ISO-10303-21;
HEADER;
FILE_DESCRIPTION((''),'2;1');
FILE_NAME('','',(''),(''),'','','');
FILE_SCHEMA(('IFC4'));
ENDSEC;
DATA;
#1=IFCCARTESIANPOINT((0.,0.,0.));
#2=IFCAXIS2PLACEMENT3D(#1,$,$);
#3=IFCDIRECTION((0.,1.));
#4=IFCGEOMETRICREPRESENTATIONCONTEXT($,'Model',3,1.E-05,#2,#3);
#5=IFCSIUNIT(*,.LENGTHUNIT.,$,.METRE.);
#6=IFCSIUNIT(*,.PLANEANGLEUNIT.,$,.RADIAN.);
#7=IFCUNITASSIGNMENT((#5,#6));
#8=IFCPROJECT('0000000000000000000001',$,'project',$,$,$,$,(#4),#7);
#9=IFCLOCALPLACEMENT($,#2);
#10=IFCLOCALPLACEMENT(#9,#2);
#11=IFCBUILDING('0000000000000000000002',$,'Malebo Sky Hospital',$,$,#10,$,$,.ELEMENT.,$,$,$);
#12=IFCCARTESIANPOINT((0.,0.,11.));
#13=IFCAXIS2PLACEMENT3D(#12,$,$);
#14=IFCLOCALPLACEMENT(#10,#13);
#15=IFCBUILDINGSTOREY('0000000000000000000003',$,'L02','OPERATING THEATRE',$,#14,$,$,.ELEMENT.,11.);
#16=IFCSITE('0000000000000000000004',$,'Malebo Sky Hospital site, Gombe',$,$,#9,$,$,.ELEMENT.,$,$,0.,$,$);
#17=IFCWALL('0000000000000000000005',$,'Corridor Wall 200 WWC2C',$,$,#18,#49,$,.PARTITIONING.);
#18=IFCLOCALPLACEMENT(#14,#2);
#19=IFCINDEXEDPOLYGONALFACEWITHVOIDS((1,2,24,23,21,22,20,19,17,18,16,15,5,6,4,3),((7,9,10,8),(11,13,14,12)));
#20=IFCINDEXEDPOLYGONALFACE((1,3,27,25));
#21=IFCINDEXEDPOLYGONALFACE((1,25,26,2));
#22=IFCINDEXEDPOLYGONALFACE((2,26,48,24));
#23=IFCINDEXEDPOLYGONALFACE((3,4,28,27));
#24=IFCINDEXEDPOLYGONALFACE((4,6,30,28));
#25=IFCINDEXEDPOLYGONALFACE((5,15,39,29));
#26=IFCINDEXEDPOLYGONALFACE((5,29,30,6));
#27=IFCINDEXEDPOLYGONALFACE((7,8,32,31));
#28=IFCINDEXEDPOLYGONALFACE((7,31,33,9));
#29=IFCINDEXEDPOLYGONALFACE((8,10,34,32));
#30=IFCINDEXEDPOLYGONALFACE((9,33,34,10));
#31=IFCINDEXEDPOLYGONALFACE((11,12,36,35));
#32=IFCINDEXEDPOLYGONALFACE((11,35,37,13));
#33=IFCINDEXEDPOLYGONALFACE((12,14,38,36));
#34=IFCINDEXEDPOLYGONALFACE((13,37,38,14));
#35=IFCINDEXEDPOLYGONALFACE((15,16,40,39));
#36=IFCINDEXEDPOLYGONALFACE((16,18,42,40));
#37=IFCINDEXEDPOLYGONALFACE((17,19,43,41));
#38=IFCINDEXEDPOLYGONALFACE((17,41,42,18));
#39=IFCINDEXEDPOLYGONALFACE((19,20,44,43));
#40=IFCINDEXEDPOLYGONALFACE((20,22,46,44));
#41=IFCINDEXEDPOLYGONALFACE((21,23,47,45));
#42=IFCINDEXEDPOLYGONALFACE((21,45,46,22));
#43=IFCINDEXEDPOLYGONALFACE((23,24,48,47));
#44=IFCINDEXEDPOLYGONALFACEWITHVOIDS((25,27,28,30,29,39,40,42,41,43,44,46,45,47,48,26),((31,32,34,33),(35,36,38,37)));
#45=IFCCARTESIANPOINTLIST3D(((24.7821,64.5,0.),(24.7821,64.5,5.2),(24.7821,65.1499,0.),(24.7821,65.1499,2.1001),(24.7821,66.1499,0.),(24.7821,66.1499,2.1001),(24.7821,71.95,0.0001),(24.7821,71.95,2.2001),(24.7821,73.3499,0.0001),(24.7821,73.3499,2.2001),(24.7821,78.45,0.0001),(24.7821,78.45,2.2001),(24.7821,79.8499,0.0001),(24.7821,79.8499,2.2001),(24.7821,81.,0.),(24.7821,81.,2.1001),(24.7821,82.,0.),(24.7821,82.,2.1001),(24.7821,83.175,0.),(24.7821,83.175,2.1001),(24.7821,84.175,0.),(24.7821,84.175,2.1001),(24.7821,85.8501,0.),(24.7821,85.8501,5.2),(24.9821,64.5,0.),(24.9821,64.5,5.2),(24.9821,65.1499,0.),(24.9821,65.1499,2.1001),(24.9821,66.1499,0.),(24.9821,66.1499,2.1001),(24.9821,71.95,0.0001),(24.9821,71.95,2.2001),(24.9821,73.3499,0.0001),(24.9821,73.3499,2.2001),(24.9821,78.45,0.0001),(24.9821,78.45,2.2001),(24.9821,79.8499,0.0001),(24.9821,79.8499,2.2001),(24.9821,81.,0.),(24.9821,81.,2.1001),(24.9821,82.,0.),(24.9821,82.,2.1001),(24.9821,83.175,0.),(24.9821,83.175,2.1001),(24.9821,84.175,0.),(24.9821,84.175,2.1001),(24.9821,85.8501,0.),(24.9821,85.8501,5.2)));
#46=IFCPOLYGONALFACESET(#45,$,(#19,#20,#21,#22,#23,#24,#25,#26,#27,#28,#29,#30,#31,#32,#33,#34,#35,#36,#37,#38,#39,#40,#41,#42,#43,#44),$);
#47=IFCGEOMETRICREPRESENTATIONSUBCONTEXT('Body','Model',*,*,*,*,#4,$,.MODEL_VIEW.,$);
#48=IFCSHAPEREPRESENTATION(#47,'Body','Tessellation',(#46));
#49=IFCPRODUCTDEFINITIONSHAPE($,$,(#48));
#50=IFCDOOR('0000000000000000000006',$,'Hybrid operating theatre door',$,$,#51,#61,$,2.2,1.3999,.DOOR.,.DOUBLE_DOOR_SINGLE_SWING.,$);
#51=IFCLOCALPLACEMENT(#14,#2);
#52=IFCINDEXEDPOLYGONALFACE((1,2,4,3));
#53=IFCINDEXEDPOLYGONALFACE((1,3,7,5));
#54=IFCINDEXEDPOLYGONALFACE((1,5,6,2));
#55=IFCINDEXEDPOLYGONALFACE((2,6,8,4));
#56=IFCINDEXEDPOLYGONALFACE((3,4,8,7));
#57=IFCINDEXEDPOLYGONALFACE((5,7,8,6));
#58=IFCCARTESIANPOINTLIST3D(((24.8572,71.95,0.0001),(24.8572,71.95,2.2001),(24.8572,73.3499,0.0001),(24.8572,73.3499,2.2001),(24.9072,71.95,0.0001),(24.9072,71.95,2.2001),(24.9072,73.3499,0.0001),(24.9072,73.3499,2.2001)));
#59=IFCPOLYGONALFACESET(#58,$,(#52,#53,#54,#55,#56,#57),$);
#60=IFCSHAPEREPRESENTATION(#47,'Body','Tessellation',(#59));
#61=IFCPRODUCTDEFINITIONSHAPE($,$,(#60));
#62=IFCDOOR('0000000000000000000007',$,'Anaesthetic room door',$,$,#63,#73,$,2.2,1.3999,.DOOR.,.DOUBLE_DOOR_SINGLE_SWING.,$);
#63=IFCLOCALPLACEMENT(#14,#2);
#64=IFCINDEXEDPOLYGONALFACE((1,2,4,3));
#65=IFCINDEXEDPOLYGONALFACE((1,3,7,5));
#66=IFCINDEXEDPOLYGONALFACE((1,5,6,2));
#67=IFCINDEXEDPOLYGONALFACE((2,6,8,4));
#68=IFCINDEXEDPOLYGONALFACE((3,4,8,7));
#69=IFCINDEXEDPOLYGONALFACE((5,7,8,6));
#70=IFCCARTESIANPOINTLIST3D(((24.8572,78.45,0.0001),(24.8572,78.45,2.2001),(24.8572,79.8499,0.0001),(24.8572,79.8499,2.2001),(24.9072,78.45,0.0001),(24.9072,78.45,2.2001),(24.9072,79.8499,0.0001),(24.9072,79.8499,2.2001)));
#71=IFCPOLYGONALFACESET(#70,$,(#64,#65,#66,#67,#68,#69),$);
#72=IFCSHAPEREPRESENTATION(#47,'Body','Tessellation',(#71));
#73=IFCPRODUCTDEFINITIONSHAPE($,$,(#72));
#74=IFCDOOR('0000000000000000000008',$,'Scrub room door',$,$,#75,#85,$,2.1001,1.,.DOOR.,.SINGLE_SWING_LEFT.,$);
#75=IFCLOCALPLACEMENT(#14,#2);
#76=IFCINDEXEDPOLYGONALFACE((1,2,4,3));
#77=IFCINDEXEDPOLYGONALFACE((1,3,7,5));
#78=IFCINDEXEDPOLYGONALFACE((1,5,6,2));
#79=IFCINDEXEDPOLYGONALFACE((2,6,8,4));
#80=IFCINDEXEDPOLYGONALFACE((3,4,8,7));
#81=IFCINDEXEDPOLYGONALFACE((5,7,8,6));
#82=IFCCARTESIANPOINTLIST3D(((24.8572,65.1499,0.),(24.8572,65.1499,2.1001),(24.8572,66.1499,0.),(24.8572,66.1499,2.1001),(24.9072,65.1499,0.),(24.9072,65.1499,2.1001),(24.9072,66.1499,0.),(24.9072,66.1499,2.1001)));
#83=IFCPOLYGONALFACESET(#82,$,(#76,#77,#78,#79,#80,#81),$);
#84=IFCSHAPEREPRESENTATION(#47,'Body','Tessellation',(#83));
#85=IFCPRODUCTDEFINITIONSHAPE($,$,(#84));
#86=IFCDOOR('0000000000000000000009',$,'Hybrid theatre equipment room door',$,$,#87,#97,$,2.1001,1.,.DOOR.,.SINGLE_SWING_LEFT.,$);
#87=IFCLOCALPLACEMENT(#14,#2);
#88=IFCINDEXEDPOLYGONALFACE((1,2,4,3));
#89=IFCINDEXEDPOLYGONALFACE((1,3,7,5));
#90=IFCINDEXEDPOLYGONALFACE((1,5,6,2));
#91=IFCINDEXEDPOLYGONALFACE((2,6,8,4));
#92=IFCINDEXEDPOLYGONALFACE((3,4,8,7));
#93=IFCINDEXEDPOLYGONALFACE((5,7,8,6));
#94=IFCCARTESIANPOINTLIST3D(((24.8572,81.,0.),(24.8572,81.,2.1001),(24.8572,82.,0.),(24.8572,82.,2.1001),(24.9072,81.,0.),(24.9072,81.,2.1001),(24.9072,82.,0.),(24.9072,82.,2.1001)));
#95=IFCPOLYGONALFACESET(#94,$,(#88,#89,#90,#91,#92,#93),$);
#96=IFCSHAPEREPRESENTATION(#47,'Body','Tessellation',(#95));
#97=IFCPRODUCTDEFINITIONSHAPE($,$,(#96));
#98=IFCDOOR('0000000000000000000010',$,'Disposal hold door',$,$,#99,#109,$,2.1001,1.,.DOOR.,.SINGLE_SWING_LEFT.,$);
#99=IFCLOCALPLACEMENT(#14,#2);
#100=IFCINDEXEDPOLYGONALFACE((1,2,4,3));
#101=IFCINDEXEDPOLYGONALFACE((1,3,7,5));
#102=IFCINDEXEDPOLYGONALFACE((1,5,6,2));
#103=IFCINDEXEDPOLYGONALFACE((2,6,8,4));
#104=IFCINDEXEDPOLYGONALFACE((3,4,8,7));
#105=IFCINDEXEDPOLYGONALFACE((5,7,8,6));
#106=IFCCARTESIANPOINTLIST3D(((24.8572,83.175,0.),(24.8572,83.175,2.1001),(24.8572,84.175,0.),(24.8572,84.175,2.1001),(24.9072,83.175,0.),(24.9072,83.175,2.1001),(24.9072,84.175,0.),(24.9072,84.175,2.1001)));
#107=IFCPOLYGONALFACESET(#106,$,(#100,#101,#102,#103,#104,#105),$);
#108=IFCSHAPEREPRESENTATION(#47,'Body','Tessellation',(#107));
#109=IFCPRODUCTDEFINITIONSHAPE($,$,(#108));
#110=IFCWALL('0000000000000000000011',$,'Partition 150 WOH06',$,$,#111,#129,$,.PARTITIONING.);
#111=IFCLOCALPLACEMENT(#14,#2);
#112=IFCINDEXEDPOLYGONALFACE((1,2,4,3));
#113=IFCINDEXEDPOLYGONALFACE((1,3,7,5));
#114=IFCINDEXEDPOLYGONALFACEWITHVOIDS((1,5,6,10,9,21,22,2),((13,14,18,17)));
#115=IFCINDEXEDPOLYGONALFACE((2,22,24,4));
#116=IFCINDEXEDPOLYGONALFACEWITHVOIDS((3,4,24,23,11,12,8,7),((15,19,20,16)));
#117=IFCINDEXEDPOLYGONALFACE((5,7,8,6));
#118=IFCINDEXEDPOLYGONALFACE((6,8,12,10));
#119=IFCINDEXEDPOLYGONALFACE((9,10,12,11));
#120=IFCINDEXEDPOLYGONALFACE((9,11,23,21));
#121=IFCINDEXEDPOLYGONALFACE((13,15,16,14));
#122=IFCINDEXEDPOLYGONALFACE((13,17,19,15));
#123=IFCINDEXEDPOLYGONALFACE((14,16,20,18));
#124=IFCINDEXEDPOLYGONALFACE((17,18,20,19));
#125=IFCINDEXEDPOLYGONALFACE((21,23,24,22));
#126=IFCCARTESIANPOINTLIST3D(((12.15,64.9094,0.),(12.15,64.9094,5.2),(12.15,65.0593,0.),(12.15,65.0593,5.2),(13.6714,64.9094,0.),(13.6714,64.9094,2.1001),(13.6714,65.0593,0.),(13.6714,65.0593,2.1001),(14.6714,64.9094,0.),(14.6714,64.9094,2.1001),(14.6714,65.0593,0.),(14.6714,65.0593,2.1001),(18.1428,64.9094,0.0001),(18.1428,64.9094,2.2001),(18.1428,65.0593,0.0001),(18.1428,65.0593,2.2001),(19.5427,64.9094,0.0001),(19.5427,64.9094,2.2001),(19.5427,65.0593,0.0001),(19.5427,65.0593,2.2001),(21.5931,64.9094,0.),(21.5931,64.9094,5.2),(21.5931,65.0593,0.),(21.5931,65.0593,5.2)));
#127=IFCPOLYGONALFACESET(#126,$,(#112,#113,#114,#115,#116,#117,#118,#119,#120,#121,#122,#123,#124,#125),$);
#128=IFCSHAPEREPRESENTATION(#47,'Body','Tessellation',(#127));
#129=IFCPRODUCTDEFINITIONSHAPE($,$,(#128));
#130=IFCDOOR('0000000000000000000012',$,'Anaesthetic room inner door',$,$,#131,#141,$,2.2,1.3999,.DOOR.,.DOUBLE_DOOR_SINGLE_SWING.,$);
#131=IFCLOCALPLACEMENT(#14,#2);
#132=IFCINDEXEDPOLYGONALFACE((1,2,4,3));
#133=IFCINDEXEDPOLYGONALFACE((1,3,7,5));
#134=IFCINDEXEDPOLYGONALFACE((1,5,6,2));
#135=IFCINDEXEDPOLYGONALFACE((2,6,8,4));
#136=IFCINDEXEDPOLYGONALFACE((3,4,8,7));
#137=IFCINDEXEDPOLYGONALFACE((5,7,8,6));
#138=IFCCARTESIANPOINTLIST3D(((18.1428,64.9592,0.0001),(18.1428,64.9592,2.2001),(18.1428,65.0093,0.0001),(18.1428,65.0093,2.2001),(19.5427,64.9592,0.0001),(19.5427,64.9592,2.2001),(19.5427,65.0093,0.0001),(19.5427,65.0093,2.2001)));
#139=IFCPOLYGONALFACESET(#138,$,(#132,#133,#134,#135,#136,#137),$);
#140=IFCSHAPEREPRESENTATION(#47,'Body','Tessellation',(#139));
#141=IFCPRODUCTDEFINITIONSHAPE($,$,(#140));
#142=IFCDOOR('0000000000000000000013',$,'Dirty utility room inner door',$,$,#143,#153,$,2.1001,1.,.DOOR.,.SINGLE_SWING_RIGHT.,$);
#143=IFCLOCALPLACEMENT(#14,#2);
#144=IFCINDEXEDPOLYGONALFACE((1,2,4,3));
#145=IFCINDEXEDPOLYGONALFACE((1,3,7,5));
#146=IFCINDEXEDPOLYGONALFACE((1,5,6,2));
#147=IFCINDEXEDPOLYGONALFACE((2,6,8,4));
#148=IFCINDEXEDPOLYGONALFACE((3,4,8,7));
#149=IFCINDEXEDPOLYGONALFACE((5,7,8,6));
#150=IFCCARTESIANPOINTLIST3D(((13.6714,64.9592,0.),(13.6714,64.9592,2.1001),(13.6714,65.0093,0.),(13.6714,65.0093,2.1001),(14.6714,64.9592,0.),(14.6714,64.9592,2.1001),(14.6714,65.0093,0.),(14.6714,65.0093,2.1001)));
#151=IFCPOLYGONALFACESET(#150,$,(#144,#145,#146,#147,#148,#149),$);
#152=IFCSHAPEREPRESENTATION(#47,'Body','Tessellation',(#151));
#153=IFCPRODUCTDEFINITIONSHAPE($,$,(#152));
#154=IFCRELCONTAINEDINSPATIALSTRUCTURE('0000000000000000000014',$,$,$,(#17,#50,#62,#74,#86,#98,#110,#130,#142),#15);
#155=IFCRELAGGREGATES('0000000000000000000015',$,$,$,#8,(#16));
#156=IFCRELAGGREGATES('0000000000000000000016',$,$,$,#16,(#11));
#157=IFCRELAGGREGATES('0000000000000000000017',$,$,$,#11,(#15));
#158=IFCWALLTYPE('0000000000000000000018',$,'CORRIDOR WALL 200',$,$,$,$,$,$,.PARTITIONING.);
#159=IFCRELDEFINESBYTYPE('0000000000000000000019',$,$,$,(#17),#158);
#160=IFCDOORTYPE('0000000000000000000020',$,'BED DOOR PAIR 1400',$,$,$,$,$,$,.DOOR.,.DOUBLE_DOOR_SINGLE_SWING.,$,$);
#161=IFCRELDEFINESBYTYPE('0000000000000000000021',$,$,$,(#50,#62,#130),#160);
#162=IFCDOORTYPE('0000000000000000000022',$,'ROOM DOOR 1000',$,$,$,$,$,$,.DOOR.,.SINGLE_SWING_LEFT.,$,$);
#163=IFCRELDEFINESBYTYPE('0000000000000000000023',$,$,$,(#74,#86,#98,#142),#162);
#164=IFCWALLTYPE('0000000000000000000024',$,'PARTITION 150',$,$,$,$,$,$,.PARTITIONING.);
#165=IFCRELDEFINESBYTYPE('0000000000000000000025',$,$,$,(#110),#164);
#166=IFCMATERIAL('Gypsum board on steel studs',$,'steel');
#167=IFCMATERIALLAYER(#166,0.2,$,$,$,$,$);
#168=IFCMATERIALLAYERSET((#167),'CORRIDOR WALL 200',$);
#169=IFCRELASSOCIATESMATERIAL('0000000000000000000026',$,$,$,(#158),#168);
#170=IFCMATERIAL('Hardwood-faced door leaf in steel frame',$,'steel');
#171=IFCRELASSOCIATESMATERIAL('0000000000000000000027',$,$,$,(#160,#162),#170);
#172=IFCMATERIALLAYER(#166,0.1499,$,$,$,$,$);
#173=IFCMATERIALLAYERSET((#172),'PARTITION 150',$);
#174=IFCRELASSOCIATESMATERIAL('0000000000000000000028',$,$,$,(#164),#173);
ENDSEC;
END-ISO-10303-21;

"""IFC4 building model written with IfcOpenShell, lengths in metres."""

from ifc_helpers import new_model, si_unit, direction, frame, frame_2d, origin, place, context, subcontext, project, spatial, rectangle, extrude, material, layer, layer_set, type_object, element, fill, save


model = new_model("IFC4")

# Units and contexts
model_context = context("Model", 3, precision=1e-05, world=origin(), true_north=direction((0.0, 1.0)))
body_context = subcontext(model_context, "Body", "Model", "MODEL_VIEW")
ifc_project = project(units=[si_unit("LENGTHUNIT", "METRE"), si_unit("PLANEANGLEUNIT", "RADIAN")], contexts=[model_context])

# Site, building, storey
site_placement = place(None, origin())
site = spatial("IfcSite", under=ifc_project, at=site_placement, Name="Malebo Sky Hospital site, Gombe", CompositionType="ELEMENT", RefElevation=0.0)
building_placement = place(site_placement, origin())
building = spatial("IfcBuilding", under=site, at=building_placement, Name="Malebo Sky Hospital", CompositionType="ELEMENT")
storey_placement = place(building_placement, frame((0.0, 0.0, 11.0)))
storey = spatial("IfcBuildingStorey", under=building, at=storey_placement, Name="L02", Description="OPERATING THEATRE", CompositionType="ELEMENT", Elevation=11.0)

# Walls, openings, doors
ifc_material_1 = material(Name="Gypsum board on steel studs", Category="steel")
ifc_layer_1 = layer(ifc_material_1, 0.2)
ifc_layer_set_1 = layer_set([ifc_layer_1], Name="CORRIDOR WALL 200")
wall_type_1 = type_object("IfcWallType", Name="CORRIDOR WALL 200", PredefinedType="PARTITIONING", material=ifc_layer_set_1)
wall_1_placement = place(storey_placement, frame((24.8821, 64.5, 0.0), z_axis=(0.0, 0.0, 1.0), x_axis=(0.0, 1.0, 0.0)))
wall_1 = element("IfcWall", 1, at=wall_1_placement, inside=storey, type_object=wall_type_1, Name="Corridor Wall 200 WWC2C", PredefinedType="PARTITIONING", context=body_context, shape_type="SweptSolid", body=[
    extrude(rectangle(XDim=21.3501, YDim=0.2, at=frame_2d((10.675, 0.0))), origin(), (0.0, 0.0, 1.0), 5.2),
])
opening_1_placement = place(wall_1_placement, frame((0.6499, 0.0, 0.0)))
opening_1 = element("IfcOpeningElement", 2, at=opening_1_placement, cuts=wall_1, PredefinedType="OPENING", context=body_context, shape_type="SweptSolid", body=[
    extrude(rectangle(XDim=1.0, YDim=2.1001, at=frame_2d((0.5, 1.05))), frame((0.0, 0.1099, 0.0), z_axis=(0.0, -1.0, 0.0), x_axis=(1.0, 0.0, 0.0)), (0.0, 0.0, 1.0), 0.22),
])
opening_2_placement = place(wall_1_placement, frame((7.45, 0.0, 0.0)))
opening_2 = element("IfcOpeningElement", 3, at=opening_2_placement, cuts=wall_1, PredefinedType="OPENING", context=body_context, shape_type="SweptSolid", body=[
    extrude(rectangle(XDim=1.3999, YDim=2.2, at=frame_2d((0.7, 1.1001))), frame((0.0, 0.1099, 0.0), z_axis=(0.0, -1.0, 0.0), x_axis=(1.0, 0.0, 0.0)), (0.0, 0.0, 1.0), 0.22),
])
opening_3_placement = place(wall_1_placement, frame((13.95, 0.0, 0.0)))
opening_3 = element("IfcOpeningElement", 4, at=opening_3_placement, cuts=wall_1, PredefinedType="OPENING", context=body_context, shape_type="SweptSolid", body=[
    extrude(rectangle(XDim=1.3999, YDim=2.2, at=frame_2d((0.7, 1.1001))), frame((0.0, 0.1099, 0.0), z_axis=(0.0, -1.0, 0.0), x_axis=(1.0, 0.0, 0.0)), (0.0, 0.0, 1.0), 0.22),
])
opening_4_placement = place(wall_1_placement, frame((16.5, 0.0, 0.0)))
opening_4 = element("IfcOpeningElement", 5, at=opening_4_placement, cuts=wall_1, PredefinedType="OPENING", context=body_context, shape_type="SweptSolid", body=[
    extrude(rectangle(XDim=1.0, YDim=2.1001, at=frame_2d((0.5, 1.05))), frame((0.0, 0.1099, 0.0), z_axis=(0.0, -1.0, 0.0), x_axis=(1.0, 0.0, 0.0)), (0.0, 0.0, 1.0), 0.22),
])
opening_5_placement = place(wall_1_placement, frame((18.675, 0.0, 0.0)))
opening_5 = element("IfcOpeningElement", 6, at=opening_5_placement, cuts=wall_1, PredefinedType="OPENING", context=body_context, shape_type="SweptSolid", body=[
    extrude(rectangle(XDim=1.0, YDim=2.1001, at=frame_2d((0.5, 1.05))), frame((0.0, 0.1099, 0.0), z_axis=(0.0, -1.0, 0.0), x_axis=(1.0, 0.0, 0.0)), (0.0, 0.0, 1.0), 0.22),
])
ifc_material_2 = material(Name="Hardwood-faced door leaf in steel frame", Category="steel")
door_type_1 = type_object("IfcDoorType", Name="BED DOOR PAIR 1400", OperationType="DOUBLE_DOOR_SINGLE_SWING", PredefinedType="DOOR", material=ifc_material_2)
door_1_placement = place(opening_2_placement, origin())
door_1 = element("IfcDoor", 7, at=door_1_placement, inside=storey, type_object=door_type_1, Name="Hybrid operating theatre door", OperationType="DOUBLE_DOOR_SINGLE_SWING", OverallHeight=2.2, OverallWidth=1.3999, PredefinedType="DOOR", context=body_context, shape_type="SweptSolid", body=[
    extrude(rectangle(XDim=1.3999, YDim=2.2, at=frame_2d((0.7, 1.1001))), frame((0.0, 0.0249, 0.0), z_axis=(0.0, -1.0, 0.0), x_axis=(1.0, 0.0, 0.0)), (0.0, 0.0, 1.0), 0.05),
])
fill(opening_2, door_1)
door_2_placement = place(opening_3_placement, origin())
door_2 = element("IfcDoor", 8, at=door_2_placement, inside=storey, type_object=door_type_1, Name="Anaesthetic room door", OperationType="DOUBLE_DOOR_SINGLE_SWING", OverallHeight=2.2, OverallWidth=1.3999, PredefinedType="DOOR", context=body_context, shape_type="SweptSolid", body=[
    extrude(rectangle(XDim=1.3999, YDim=2.2, at=frame_2d((0.7, 1.1001))), frame((0.0, 0.0249, 0.0), z_axis=(0.0, -1.0, 0.0), x_axis=(1.0, 0.0, 0.0)), (0.0, 0.0, 1.0), 0.05),
])
fill(opening_3, door_2)
door_type_2 = type_object("IfcDoorType", Name="ROOM DOOR 1000", OperationType="SINGLE_SWING_LEFT", PredefinedType="DOOR", material=ifc_material_2)
door_3_placement = place(opening_1_placement, origin())
door_3 = element("IfcDoor", 9, at=door_3_placement, inside=storey, type_object=door_type_2, Name="Scrub room door", OperationType="SINGLE_SWING_LEFT", OverallHeight=2.1001, OverallWidth=1.0, PredefinedType="DOOR", context=body_context, shape_type="SweptSolid", body=[
    extrude(rectangle(XDim=1.0, YDim=2.1001, at=frame_2d((0.5, 1.05))), frame((0.0, 0.0249, 0.0), z_axis=(0.0, -1.0, 0.0), x_axis=(1.0, 0.0, 0.0)), (0.0, 0.0, 1.0), 0.05),
])
fill(opening_1, door_3)
door_4_placement = place(opening_4_placement, origin())
door_4 = element("IfcDoor", 10, at=door_4_placement, inside=storey, type_object=door_type_2, Name="Hybrid theatre equipment room door", OperationType="SINGLE_SWING_LEFT", OverallHeight=2.1001, OverallWidth=1.0, PredefinedType="DOOR", context=body_context, shape_type="SweptSolid", body=[
    extrude(rectangle(XDim=1.0, YDim=2.1001, at=frame_2d((0.5, 1.05))), frame((0.0, 0.0249, 0.0), z_axis=(0.0, -1.0, 0.0), x_axis=(1.0, 0.0, 0.0)), (0.0, 0.0, 1.0), 0.05),
])
fill(opening_4, door_4)
door_5_placement = place(opening_5_placement, origin())
door_5 = element("IfcDoor", 11, at=door_5_placement, inside=storey, type_object=door_type_2, Name="Disposal hold door", OperationType="SINGLE_SWING_LEFT", OverallHeight=2.1001, OverallWidth=1.0, PredefinedType="DOOR", context=body_context, shape_type="SweptSolid", body=[
    extrude(rectangle(XDim=1.0, YDim=2.1001, at=frame_2d((0.5, 1.05))), frame((0.0, 0.0249, 0.0), z_axis=(0.0, -1.0, 0.0), x_axis=(1.0, 0.0, 0.0)), (0.0, 0.0, 1.0), 0.05),
])
fill(opening_5, door_5)
ifc_layer_2 = layer(ifc_material_1, 0.1499)
ifc_layer_set_2 = layer_set([ifc_layer_2], Name="PARTITION 150")
wall_type_2 = type_object("IfcWallType", Name="PARTITION 150", PredefinedType="PARTITIONING", material=ifc_layer_set_2)
wall_2_placement = place(storey_placement, frame((12.1499, 64.9844, 0.0), z_axis=(0.0, 0.0, 1.0), x_axis=(1.0, 0.0, 0.0)))
wall_2 = element("IfcWall", 12, at=wall_2_placement, inside=storey, type_object=wall_type_2, Name="Partition 150 WOH06", PredefinedType="PARTITIONING", context=body_context, shape_type="SweptSolid", body=[
    extrude(rectangle(XDim=9.4431, YDim=0.1499, at=frame_2d((4.7217, 0.0))), origin(), (0.0, 0.0, 1.0), 5.2),
])
opening_6_placement = place(wall_2_placement, frame((5.9929, 0.0, 0.0)))
opening_6 = element("IfcOpeningElement", 13, at=opening_6_placement, cuts=wall_2, PredefinedType="OPENING", context=body_context, shape_type="SweptSolid", body=[
    extrude(rectangle(XDim=1.3999, YDim=2.2, at=frame_2d((0.7, 1.1001))), frame((0.0, 0.085, 0.0), z_axis=(0.0, -1.0, 0.0), x_axis=(1.0, 0.0, 0.0)), (0.0, 0.0, 1.0), 0.1699),
])
opening_7_placement = place(wall_2_placement, frame((1.5215, 0.0, 0.0)))
opening_7 = element("IfcOpeningElement", 14, at=opening_7_placement, cuts=wall_2, PredefinedType="OPENING", context=body_context, shape_type="SweptSolid", body=[
    extrude(rectangle(XDim=1.0, YDim=2.1001, at=frame_2d((0.5, 1.05))), frame((0.0, 0.085, 0.0), z_axis=(0.0, -1.0, 0.0), x_axis=(1.0, 0.0, 0.0)), (0.0, 0.0, 1.0), 0.1699),
])
door_6_placement = place(opening_6_placement, origin())
door_6 = element("IfcDoor", 15, at=door_6_placement, inside=storey, type_object=door_type_1, Name="Anaesthetic room inner door", OperationType="DOUBLE_DOOR_SINGLE_SWING", OverallHeight=2.2, OverallWidth=1.3999, PredefinedType="DOOR", context=body_context, shape_type="SweptSolid", body=[
    extrude(rectangle(XDim=1.3999, YDim=2.2, at=frame_2d((0.7, 1.1001))), frame((0.0, 0.0249, 0.0), z_axis=(0.0, -1.0, 0.0), x_axis=(1.0, 0.0, 0.0)), (0.0, 0.0, 1.0), 0.05),
])
fill(opening_6, door_6)
door_7_placement = place(opening_7_placement, origin())
door_7 = element("IfcDoor", 16, at=door_7_placement, inside=storey, type_object=door_type_2, Name="Dirty utility room inner door", OperationType="SINGLE_SWING_RIGHT", OverallHeight=2.1001, OverallWidth=1.0, PredefinedType="DOOR", context=body_context, shape_type="SweptSolid", body=[
    extrude(rectangle(XDim=1.0, YDim=2.1001, at=frame_2d((0.5, 1.05))), frame((0.0, 0.0249, 0.0), z_axis=(0.0, -1.0, 0.0), x_axis=(1.0, 0.0, 0.0)), (0.0, 0.0, 1.0), 0.05),
])
fill(opening_7, door_7)

save(model, "model.ifc")
